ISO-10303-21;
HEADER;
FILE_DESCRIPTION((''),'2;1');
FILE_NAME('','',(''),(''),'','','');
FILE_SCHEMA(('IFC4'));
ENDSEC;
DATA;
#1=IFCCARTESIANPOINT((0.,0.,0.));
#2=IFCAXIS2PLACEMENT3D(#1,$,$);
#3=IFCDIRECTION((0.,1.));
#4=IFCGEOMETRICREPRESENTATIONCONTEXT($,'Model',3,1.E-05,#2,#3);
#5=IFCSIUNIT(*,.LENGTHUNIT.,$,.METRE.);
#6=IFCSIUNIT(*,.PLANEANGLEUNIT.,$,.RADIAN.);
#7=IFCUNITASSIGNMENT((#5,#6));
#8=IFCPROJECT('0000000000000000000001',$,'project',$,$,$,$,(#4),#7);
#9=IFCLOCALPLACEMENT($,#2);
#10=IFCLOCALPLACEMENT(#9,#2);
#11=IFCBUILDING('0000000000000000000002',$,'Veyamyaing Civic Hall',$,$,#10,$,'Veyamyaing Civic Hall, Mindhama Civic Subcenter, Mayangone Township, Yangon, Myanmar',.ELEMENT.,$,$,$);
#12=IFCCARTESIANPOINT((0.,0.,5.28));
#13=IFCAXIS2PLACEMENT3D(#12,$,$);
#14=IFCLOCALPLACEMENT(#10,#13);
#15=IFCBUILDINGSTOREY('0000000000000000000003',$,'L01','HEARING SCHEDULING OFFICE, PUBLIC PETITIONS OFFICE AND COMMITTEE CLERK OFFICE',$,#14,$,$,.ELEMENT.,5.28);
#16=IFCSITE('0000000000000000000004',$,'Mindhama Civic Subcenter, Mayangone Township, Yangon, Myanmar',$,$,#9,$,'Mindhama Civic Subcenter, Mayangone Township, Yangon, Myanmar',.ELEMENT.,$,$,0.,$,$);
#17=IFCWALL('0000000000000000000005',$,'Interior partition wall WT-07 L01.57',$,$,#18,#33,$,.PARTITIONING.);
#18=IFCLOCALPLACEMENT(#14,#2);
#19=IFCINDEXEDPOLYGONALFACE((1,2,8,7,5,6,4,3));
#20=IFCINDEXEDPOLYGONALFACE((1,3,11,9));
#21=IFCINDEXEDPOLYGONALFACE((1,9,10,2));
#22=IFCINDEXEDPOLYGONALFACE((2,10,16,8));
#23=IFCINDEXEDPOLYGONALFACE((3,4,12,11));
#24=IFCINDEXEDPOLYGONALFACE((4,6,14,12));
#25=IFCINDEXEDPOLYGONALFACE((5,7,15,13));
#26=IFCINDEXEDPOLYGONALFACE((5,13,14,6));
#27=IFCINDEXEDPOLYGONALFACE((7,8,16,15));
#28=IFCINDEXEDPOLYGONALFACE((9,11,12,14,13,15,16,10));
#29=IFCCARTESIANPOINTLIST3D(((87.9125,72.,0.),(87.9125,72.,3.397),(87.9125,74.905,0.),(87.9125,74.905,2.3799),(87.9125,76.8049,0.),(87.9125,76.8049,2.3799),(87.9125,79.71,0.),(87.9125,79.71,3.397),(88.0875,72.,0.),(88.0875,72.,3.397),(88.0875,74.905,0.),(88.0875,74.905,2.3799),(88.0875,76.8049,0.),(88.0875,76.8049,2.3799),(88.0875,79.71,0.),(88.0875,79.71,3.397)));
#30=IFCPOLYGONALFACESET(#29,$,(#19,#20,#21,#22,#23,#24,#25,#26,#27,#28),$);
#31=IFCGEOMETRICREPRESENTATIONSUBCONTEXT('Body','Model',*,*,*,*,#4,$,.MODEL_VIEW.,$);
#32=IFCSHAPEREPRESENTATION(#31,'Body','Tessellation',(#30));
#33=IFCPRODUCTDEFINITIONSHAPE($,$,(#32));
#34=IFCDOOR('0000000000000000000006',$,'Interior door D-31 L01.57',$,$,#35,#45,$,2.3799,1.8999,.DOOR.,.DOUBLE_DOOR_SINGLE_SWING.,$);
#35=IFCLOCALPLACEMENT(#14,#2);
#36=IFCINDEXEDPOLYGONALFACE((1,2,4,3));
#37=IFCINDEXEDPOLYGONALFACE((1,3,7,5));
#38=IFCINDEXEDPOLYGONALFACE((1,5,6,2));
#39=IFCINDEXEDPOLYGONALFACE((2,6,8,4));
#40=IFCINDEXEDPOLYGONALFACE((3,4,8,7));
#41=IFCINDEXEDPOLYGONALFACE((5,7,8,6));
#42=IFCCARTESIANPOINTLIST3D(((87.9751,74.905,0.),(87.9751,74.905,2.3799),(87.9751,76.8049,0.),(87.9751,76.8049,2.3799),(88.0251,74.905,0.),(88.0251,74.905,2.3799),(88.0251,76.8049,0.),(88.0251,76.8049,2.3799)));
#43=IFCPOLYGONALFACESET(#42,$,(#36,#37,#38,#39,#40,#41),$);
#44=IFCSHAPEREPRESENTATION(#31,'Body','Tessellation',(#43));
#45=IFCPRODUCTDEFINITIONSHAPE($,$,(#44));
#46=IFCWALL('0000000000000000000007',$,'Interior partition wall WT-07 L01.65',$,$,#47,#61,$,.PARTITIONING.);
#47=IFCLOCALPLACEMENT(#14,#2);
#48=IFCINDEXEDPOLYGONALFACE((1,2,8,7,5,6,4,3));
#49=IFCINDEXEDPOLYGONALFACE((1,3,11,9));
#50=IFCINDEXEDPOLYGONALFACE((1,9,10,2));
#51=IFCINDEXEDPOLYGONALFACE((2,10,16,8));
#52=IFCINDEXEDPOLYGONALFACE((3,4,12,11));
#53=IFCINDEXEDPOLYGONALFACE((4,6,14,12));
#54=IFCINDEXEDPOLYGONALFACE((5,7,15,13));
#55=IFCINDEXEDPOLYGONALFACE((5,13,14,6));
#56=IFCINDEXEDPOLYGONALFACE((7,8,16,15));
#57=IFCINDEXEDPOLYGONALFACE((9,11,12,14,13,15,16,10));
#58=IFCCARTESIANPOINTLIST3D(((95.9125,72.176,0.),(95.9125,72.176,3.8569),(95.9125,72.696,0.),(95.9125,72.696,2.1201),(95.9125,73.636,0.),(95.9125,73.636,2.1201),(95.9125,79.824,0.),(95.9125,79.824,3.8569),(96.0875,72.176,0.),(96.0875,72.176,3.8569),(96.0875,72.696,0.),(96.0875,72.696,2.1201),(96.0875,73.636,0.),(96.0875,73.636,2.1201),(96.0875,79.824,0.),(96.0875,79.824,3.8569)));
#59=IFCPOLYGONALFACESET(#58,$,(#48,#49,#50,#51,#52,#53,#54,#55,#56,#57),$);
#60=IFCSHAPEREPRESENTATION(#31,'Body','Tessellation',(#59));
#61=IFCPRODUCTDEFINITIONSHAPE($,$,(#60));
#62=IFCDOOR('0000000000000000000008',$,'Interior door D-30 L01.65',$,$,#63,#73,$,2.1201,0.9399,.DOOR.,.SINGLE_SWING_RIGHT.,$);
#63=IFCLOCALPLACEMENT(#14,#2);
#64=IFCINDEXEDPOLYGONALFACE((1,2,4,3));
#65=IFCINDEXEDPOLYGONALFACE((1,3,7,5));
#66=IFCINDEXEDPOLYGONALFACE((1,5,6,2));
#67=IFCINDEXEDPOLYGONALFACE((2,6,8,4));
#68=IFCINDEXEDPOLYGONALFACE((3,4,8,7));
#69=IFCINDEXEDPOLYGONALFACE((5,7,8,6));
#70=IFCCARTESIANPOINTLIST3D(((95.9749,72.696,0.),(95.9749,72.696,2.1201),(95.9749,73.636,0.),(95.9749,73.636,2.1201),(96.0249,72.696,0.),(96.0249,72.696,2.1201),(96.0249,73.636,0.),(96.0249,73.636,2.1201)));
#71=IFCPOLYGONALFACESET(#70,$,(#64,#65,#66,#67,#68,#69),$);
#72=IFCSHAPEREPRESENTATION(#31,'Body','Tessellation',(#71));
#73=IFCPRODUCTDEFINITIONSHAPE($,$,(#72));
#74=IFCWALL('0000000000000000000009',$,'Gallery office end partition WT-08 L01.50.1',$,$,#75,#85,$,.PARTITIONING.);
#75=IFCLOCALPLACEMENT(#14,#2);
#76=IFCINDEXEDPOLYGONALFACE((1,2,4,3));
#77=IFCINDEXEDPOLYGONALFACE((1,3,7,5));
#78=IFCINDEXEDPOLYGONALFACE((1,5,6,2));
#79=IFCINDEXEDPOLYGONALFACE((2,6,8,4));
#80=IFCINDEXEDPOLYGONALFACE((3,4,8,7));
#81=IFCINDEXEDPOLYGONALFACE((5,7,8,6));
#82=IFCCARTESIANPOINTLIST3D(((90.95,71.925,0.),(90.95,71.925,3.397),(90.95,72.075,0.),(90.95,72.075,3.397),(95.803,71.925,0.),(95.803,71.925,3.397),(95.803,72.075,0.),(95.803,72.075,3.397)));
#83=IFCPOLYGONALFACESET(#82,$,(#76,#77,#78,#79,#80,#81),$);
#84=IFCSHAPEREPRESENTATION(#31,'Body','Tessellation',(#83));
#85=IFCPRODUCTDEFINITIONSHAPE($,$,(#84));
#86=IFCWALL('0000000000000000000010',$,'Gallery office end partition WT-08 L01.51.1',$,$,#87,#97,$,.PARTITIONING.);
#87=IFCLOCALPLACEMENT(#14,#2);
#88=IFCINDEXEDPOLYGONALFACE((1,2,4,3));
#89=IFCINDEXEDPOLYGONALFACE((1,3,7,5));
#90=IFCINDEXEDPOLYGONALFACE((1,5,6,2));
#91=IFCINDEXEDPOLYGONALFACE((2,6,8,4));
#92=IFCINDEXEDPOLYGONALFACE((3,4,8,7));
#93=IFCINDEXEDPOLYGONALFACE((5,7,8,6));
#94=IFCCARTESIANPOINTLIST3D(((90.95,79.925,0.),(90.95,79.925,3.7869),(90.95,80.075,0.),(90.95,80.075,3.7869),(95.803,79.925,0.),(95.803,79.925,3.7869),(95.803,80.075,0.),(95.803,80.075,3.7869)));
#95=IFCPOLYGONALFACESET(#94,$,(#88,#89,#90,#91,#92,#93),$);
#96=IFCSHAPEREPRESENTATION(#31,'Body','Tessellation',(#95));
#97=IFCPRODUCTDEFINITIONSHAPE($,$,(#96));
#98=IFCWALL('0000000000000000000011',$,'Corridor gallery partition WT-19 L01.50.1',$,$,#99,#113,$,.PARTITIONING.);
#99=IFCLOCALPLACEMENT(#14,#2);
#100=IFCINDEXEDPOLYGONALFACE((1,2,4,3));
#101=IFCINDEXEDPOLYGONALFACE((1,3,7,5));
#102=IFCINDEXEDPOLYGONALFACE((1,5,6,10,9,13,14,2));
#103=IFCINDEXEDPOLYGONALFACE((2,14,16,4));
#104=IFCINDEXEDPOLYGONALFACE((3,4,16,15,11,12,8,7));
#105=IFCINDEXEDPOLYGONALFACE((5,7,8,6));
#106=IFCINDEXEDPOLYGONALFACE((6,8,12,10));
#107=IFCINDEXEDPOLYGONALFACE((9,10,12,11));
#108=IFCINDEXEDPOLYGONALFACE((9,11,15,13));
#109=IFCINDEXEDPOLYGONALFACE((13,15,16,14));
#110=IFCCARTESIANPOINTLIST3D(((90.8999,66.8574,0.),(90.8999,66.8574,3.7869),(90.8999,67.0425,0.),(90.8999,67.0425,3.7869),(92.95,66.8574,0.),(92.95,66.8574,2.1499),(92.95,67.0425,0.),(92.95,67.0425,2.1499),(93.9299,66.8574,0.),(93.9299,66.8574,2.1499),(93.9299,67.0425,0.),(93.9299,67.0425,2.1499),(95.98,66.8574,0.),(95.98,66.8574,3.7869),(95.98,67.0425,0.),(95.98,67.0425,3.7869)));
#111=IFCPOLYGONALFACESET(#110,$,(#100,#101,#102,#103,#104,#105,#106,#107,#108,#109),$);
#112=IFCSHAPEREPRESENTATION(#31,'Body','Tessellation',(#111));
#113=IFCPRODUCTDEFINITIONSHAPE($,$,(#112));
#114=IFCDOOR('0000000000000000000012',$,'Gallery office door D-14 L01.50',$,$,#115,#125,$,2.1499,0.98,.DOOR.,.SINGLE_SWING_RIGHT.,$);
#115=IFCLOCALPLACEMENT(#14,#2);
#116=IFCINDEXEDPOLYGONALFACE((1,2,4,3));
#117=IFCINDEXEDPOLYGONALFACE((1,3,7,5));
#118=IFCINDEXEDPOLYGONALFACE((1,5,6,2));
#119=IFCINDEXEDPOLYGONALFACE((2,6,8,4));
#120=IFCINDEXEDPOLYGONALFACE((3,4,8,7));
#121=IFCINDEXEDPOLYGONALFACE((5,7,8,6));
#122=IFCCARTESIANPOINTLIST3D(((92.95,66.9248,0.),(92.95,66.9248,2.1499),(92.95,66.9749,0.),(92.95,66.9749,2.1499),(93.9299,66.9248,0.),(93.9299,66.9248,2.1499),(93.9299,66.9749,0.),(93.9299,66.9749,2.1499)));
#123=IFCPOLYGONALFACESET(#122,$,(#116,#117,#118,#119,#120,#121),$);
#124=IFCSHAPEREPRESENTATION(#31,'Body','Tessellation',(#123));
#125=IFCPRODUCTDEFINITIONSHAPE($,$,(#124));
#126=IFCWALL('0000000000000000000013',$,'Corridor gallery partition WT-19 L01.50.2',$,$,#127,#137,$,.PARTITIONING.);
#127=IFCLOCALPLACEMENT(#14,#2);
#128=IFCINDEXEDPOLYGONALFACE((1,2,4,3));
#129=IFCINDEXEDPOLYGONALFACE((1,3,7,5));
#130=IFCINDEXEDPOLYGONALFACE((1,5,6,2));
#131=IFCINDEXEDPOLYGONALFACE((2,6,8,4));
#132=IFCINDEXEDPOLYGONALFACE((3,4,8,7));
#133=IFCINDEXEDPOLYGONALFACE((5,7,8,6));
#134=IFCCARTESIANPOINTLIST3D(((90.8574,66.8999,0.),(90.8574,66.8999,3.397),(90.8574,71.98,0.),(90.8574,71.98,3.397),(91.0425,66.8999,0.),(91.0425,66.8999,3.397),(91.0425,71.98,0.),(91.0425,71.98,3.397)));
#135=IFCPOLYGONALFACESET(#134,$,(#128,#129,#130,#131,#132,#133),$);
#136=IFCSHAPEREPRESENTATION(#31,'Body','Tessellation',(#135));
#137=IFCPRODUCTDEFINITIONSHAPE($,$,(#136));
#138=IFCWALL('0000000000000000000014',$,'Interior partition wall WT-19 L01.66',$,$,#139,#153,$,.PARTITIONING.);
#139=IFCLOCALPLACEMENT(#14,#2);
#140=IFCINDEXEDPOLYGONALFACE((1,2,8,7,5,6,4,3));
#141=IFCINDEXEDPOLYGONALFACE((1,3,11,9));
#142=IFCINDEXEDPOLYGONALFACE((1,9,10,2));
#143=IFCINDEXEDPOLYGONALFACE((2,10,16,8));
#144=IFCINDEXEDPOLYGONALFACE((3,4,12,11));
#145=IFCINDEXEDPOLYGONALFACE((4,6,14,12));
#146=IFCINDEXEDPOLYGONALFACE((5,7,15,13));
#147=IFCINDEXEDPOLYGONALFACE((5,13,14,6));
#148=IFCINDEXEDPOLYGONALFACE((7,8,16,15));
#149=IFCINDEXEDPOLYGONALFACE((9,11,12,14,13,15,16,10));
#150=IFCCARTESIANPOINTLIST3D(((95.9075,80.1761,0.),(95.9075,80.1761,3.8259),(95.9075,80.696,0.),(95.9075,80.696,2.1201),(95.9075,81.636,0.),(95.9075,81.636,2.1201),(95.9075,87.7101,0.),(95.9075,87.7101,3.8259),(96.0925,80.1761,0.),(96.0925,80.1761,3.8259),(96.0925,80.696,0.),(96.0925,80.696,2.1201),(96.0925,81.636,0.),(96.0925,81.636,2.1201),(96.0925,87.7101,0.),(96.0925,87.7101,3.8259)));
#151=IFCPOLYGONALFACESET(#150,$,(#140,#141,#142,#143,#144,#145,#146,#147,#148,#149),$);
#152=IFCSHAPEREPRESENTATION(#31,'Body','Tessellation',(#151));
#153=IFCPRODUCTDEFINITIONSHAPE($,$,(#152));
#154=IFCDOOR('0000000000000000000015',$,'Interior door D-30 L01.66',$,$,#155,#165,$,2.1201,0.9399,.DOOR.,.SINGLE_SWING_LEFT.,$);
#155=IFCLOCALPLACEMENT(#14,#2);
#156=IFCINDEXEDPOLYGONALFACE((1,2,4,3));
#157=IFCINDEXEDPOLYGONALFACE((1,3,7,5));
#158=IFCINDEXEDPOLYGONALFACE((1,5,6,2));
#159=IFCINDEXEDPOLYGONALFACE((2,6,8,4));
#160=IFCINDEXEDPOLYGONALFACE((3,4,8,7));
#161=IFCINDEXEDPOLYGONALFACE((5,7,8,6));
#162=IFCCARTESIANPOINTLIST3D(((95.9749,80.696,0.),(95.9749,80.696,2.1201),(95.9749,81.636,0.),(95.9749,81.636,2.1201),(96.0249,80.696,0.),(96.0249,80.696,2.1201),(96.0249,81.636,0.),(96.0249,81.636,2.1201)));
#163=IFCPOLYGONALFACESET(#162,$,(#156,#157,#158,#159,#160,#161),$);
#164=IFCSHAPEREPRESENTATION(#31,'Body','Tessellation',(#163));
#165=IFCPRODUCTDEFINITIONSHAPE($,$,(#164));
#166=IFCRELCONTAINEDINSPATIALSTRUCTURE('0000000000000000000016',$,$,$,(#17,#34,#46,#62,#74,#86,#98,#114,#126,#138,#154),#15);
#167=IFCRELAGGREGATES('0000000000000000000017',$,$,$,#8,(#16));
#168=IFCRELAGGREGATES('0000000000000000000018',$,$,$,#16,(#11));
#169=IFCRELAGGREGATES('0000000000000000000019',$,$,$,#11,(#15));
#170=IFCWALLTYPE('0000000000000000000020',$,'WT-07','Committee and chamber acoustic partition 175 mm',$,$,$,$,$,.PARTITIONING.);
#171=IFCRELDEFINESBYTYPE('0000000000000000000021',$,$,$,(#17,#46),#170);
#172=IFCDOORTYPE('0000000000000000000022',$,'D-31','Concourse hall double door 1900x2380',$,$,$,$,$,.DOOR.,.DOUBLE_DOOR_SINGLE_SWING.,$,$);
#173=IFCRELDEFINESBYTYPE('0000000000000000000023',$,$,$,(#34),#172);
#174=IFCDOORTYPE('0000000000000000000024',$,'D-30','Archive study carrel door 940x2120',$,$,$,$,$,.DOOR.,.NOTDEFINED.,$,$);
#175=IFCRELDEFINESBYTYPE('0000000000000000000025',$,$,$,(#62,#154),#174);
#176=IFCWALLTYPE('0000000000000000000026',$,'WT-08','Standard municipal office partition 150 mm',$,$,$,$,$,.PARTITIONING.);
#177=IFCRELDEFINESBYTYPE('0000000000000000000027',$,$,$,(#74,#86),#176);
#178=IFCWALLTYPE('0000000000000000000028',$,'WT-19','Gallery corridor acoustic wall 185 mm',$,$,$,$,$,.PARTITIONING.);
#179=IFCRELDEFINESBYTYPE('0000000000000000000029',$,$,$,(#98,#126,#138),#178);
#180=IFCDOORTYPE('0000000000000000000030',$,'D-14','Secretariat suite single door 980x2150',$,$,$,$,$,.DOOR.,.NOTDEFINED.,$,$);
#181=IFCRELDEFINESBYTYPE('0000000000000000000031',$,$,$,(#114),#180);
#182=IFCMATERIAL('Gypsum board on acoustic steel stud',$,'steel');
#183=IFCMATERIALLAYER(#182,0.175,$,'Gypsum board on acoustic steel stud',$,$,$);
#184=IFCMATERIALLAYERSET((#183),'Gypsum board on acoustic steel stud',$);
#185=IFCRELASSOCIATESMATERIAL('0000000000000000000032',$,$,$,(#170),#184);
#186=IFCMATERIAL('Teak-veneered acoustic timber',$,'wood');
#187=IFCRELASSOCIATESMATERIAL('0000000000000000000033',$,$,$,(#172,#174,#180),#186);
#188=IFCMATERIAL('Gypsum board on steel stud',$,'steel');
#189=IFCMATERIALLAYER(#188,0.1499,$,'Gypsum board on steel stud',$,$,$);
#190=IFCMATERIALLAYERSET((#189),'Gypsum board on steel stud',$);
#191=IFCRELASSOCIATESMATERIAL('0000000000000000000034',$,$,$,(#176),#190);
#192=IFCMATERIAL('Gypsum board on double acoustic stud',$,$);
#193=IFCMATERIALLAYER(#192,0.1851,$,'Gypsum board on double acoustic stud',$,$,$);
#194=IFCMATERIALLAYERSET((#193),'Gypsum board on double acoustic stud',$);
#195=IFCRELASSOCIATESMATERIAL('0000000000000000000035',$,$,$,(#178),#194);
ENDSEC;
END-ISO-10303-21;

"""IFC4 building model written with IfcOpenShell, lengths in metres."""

from ifc_helpers import new_model, si_unit, direction, frame, frame_2d, origin, place, context, subcontext, project, spatial, rectangle, extrude, material, layer, layer_set, type_object, element, fill, save


model = new_model("IFC4")

# Units and contexts
model_context = context("Model", 3, precision=1e-05, world=origin(), true_north=direction((0.0, 1.0)))
body_context = subcontext(model_context, "Body", "Model", "MODEL_VIEW")
ifc_project = project(units=[si_unit("LENGTHUNIT", "METRE"), si_unit("PLANEANGLEUNIT", "RADIAN")], contexts=[model_context])

# Site, building, storey
site_placement = place(None, origin())
site = spatial("IfcSite", under=ifc_project, at=site_placement, Name="Mindhama Civic Subcenter, Mayangone Township, Yangon, Myanmar", LongName="Mindhama Civic Subcenter, Mayangone Township, Yangon, Myanmar", CompositionType="ELEMENT", RefElevation=0.0)
building_placement = place(site_placement, origin())
building = spatial("IfcBuilding", under=site, at=building_placement, Name="Veyamyaing Civic Hall", LongName="Veyamyaing Civic Hall, Mindhama Civic Subcenter, Mayangone Township, Yangon, Myanmar", CompositionType="ELEMENT")
storey_placement = place(building_placement, frame((0.0, 0.0, 5.28)))
storey = spatial("IfcBuildingStorey", under=building, at=storey_placement, Name="L01", Description="HEARING SCHEDULING OFFICE, PUBLIC PETITIONS OFFICE AND COMMITTEE CLERK OFFICE", CompositionType="ELEMENT", Elevation=5.28)

# Shared definitions
ifc_material_1 = material(Name="Gypsum board on acoustic steel stud", Category="steel")
ifc_layer_1 = layer(ifc_material_1, 0.175, Name="Gypsum board on acoustic steel stud")
ifc_layer_set_1 = layer_set([ifc_layer_1], Name="Gypsum board on acoustic steel stud")
wall_type_1 = type_object("IfcWallType", Name="WT-07", Description="Committee and chamber acoustic partition 175 mm", PredefinedType="PARTITIONING", material=ifc_layer_set_1)
ifc_material_2 = material(Name="Teak-veneered acoustic timber", Category="wood")

# Walls, openings, doors
wall_1_placement = place(storey_placement, frame((88.0, 72.0, 0.0), z_axis=(0.0, 0.0, 1.0), x_axis=(0.0, 1.0, 0.0)))
wall_1 = element("IfcWall", 1, at=wall_1_placement, inside=storey, type_object=wall_type_1, Name="Interior partition wall WT-07 L01.57", PredefinedType="PARTITIONING", context=body_context, shape_type="SweptSolid", body=[
    extrude(rectangle(XDim=7.71, YDim=0.175, at=frame_2d((3.855, 0.0))), origin(), (0.0, 0.0, 1.0), 3.397),
])
opening_1_placement = place(wall_1_placement, frame((2.905, 0.0, 0.0)))
opening_1 = element("IfcOpeningElement", 2, at=opening_1_placement, cuts=wall_1, PredefinedType="OPENING", context=body_context, shape_type="SweptSolid", body=[
    extrude(rectangle(XDim=1.8999, YDim=2.3799, at=frame_2d((0.95, 1.1899))), frame((0.0, 0.0974, 0.0), z_axis=(0.0, -1.0, 0.0), x_axis=(1.0, 0.0, 0.0)), (0.0, 0.0, 1.0), 0.1951),
])
door_type_1 = type_object("IfcDoorType", Name="D-31", Description="Concourse hall double door 1900x2380", OperationType="DOUBLE_DOOR_SINGLE_SWING", PredefinedType="DOOR", material=ifc_material_2)
door_1_placement = place(opening_1_placement, origin())
door_1 = element("IfcDoor", 3, at=door_1_placement, inside=storey, type_object=door_type_1, Name="Interior door D-31 L01.57", OperationType="DOUBLE_DOOR_SINGLE_SWING", OverallHeight=2.3799, OverallWidth=1.8999, PredefinedType="DOOR", context=body_context, shape_type="SweptSolid", body=[
    extrude(rectangle(XDim=1.8999, YDim=2.3799, at=frame_2d((0.95, 1.1899))), frame((0.0, 0.0249, 0.0), z_axis=(0.0, -1.0, 0.0), x_axis=(1.0, 0.0, 0.0)), (0.0, 0.0, 1.0), 0.05),
])
fill(opening_1, door_1)
wall_2_placement = place(storey_placement, frame((96.0, 72.176, 0.0), z_axis=(0.0, 0.0, 1.0), x_axis=(0.0, 1.0, 0.0)))
wall_2 = element("IfcWall", 4, at=wall_2_placement, inside=storey, type_object=wall_type_1, Name="Interior partition wall WT-07 L01.65", PredefinedType="PARTITIONING", context=body_context, shape_type="SweptSolid", body=[
    extrude(rectangle(XDim=7.6479, YDim=0.175, at=frame_2d((3.824, 0.0))), origin(), (0.0, 0.0, 1.0), 3.8569),
])
opening_2_placement = place(wall_2_placement, frame((0.52, 0.0, 0.0)))
opening_2 = element("IfcOpeningElement", 5, at=opening_2_placement, cuts=wall_2, PredefinedType="OPENING", context=body_context, shape_type="SweptSolid", body=[
    extrude(rectangle(XDim=0.9399, YDim=2.1201, at=frame_2d((0.47, 1.0601))), frame((0.0, 0.0974, 0.0), z_axis=(0.0, -1.0, 0.0), x_axis=(1.0, 0.0, 0.0)), (0.0, 0.0, 1.0), 0.1951),
])
door_type_2 = type_object("IfcDoorType", Name="D-30", Description="Archive study carrel door 940x2120", OperationType="NOTDEFINED", PredefinedType="DOOR", material=ifc_material_2)
door_2_placement = place(opening_2_placement, frame((0.9399, 0.0, 0.0), z_axis=(0.0, 0.0, 1.0), x_axis=(-1.0, 0.0, 0.0)))
door_2 = element("IfcDoor", 6, at=door_2_placement, inside=storey, type_object=door_type_2, Name="Interior door D-30 L01.65", OperationType="SINGLE_SWING_RIGHT", OverallHeight=2.1201, OverallWidth=0.9399, PredefinedType="DOOR", context=body_context, shape_type="SweptSolid", body=[
    extrude(rectangle(XDim=0.9399, YDim=2.1201, at=frame_2d((0.47, 1.0601))), frame((0.0, 0.0249, 0.0), z_axis=(0.0, -1.0, 0.0), x_axis=(1.0, 0.0, 0.0)), (0.0, 0.0, 1.0), 0.05),
])
fill(opening_2, door_2)

# Walls
ifc_material_3 = material(Name="Gypsum board on steel stud", Category="steel")
ifc_layer_2 = layer(ifc_material_3, 0.1499, Name="Gypsum board on steel stud")
ifc_layer_set_2 = layer_set([ifc_layer_2], Name="Gypsum board on steel stud")
wall_type_2 = type_object("IfcWallType", Name="WT-08", Description="Standard municipal office partition 150 mm", PredefinedType="PARTITIONING", material=ifc_layer_set_2)
wall_3_placement = place(storey_placement, frame((90.95, 72.0, 0.0), z_axis=(0.0, 0.0, 1.0), x_axis=(1.0, 0.0, 0.0)))
element("IfcWall", 7, at=wall_3_placement, inside=storey, type_object=wall_type_2, Name="Gallery office end partition WT-08 L01.50.1", PredefinedType="PARTITIONING", context=body_context, shape_type="SweptSolid", body=[
    extrude(rectangle(XDim=4.853, YDim=0.1499, at=frame_2d((2.4265, 0.0))), origin(), (0.0, 0.0, 1.0), 3.397),
])
wall_4_placement = place(storey_placement, frame((90.95, 80.0, 0.0), z_axis=(0.0, 0.0, 1.0), x_axis=(1.0, 0.0, 0.0)))
element("IfcWall", 8, at=wall_4_placement, inside=storey, type_object=wall_type_2, Name="Gallery office end partition WT-08 L01.51.1", PredefinedType="PARTITIONING", context=body_context, shape_type="SweptSolid", body=[
    extrude(rectangle(XDim=4.853, YDim=0.1499, at=frame_2d((2.4265, 0.0))), origin(), (0.0, 0.0, 1.0), 3.7869),
])

# Wall, opening, door
ifc_material_4 = material(Name="Gypsum board on double acoustic stud")
ifc_layer_3 = layer(ifc_material_4, 0.1851, Name="Gypsum board on double acoustic stud")
ifc_layer_set_3 = layer_set([ifc_layer_3], Name="Gypsum board on double acoustic stud")
wall_type_3 = type_object("IfcWallType", Name="WT-19", Description="Gallery corridor acoustic wall 185 mm", PredefinedType="PARTITIONING", material=ifc_layer_set_3)
wall_5_placement = place(storey_placement, frame((90.8999, 66.95, 0.0), z_axis=(0.0, 0.0, 1.0), x_axis=(1.0, 0.0, 0.0)))
wall_5 = element("IfcWall", 9, at=wall_5_placement, inside=storey, type_object=wall_type_3, Name="Corridor gallery partition WT-19 L01.50.1", PredefinedType="PARTITIONING", context=body_context, shape_type="SweptSolid", body=[
    extrude(rectangle(XDim=5.0801, YDim=0.1851, at=frame_2d((2.54, 0.0))), origin(), (0.0, 0.0, 1.0), 3.7869),
])
opening_3_placement = place(wall_5_placement, frame((2.05, 0.0, 0.0)))
opening_3 = element("IfcOpeningElement", 10, at=opening_3_placement, cuts=wall_5, PredefinedType="OPENING", context=body_context, shape_type="SweptSolid", body=[
    extrude(rectangle(XDim=0.98, YDim=2.1499, at=frame_2d((0.49, 1.075))), frame((0.0, 0.1025, 0.0), z_axis=(0.0, -1.0, 0.0), x_axis=(1.0, 0.0, 0.0)), (0.0, 0.0, 1.0), 0.2051),
])
door_type_3 = type_object("IfcDoorType", Name="D-14", Description="Secretariat suite single door 980x2150", OperationType="NOTDEFINED", PredefinedType="DOOR", material=ifc_material_2)
door_3_placement = place(opening_3_placement, origin())
door_3 = element("IfcDoor", 11, at=door_3_placement, inside=storey, type_object=door_type_3, Name="Gallery office door D-14 L01.50", OperationType="SINGLE_SWING_RIGHT", OverallHeight=2.1499, OverallWidth=0.98, PredefinedType="DOOR", context=body_context, shape_type="SweptSolid", body=[
    extrude(rectangle(XDim=0.98, YDim=2.1499, at=frame_2d((0.49, 1.075))), frame((0.0, 0.0249, 0.0), z_axis=(0.0, -1.0, 0.0), x_axis=(1.0, 0.0, 0.0)), (0.0, 0.0, 1.0), 0.05),
])
fill(opening_3, door_3)

# Wall
wall_6_placement = place(storey_placement, frame((90.95, 66.8999, 0.0), z_axis=(0.0, 0.0, 1.0), x_axis=(0.0, 1.0, 0.0)))
element("IfcWall", 12, at=wall_6_placement, inside=storey, type_object=wall_type_3, Name="Corridor gallery partition WT-19 L01.50.2", PredefinedType="PARTITIONING", context=body_context, shape_type="SweptSolid", body=[
    extrude(rectangle(XDim=5.0801, YDim=0.1851, at=frame_2d((2.54, 0.0))), origin(), (0.0, 0.0, 1.0), 3.397),
])

# Wall, opening, door
wall_7_placement = place(storey_placement, frame((96.0, 80.176, 0.0), z_axis=(0.0, 0.0, 1.0), x_axis=(0.0, 1.0, 0.0)))
wall_7 = element("IfcWall", 13, at=wall_7_placement, inside=storey, type_object=wall_type_3, Name="Interior partition wall WT-19 L01.66", PredefinedType="PARTITIONING", context=body_context, shape_type="SweptSolid", body=[
    extrude(rectangle(XDim=7.5339, YDim=0.1851, at=frame_2d((3.7671, 0.0))), origin(), (0.0, 0.0, 1.0), 3.8259),
])
opening_4_placement = place(wall_7_placement, frame((0.52, 0.0, 0.0)))
opening_4 = element("IfcOpeningElement", 14, at=opening_4_placement, cuts=wall_7, PredefinedType="OPENING", context=body_context, shape_type="SweptSolid", body=[
    extrude(rectangle(XDim=0.9399, YDim=2.1201, at=frame_2d((0.47, 1.0601))), frame((0.0, 0.1025, 0.0), z_axis=(0.0, -1.0, 0.0), x_axis=(1.0, 0.0, 0.0)), (0.0, 0.0, 1.0), 0.2051),
])
door_4_placement = place(opening_4_placement, frame((0.9399, 0.0, 0.0), z_axis=(0.0, 0.0, 1.0), x_axis=(-1.0, 0.0, 0.0)))
door_4 = element("IfcDoor", 15, at=door_4_placement, inside=storey, type_object=door_type_2, Name="Interior door D-30 L01.66", OperationType="SINGLE_SWING_LEFT", OverallHeight=2.1201, OverallWidth=0.9399, PredefinedType="DOOR", context=body_context, shape_type="SweptSolid", body=[
    extrude(rectangle(XDim=0.9399, YDim=2.1201, at=frame_2d((0.47, 1.0601))), frame((0.0, 0.0249, 0.0), z_axis=(0.0, -1.0, 0.0), x_axis=(1.0, 0.0, 0.0)), (0.0, 0.0, 1.0), 0.05),
])
fill(opening_4, door_4)

save(model, "model.ifc")
